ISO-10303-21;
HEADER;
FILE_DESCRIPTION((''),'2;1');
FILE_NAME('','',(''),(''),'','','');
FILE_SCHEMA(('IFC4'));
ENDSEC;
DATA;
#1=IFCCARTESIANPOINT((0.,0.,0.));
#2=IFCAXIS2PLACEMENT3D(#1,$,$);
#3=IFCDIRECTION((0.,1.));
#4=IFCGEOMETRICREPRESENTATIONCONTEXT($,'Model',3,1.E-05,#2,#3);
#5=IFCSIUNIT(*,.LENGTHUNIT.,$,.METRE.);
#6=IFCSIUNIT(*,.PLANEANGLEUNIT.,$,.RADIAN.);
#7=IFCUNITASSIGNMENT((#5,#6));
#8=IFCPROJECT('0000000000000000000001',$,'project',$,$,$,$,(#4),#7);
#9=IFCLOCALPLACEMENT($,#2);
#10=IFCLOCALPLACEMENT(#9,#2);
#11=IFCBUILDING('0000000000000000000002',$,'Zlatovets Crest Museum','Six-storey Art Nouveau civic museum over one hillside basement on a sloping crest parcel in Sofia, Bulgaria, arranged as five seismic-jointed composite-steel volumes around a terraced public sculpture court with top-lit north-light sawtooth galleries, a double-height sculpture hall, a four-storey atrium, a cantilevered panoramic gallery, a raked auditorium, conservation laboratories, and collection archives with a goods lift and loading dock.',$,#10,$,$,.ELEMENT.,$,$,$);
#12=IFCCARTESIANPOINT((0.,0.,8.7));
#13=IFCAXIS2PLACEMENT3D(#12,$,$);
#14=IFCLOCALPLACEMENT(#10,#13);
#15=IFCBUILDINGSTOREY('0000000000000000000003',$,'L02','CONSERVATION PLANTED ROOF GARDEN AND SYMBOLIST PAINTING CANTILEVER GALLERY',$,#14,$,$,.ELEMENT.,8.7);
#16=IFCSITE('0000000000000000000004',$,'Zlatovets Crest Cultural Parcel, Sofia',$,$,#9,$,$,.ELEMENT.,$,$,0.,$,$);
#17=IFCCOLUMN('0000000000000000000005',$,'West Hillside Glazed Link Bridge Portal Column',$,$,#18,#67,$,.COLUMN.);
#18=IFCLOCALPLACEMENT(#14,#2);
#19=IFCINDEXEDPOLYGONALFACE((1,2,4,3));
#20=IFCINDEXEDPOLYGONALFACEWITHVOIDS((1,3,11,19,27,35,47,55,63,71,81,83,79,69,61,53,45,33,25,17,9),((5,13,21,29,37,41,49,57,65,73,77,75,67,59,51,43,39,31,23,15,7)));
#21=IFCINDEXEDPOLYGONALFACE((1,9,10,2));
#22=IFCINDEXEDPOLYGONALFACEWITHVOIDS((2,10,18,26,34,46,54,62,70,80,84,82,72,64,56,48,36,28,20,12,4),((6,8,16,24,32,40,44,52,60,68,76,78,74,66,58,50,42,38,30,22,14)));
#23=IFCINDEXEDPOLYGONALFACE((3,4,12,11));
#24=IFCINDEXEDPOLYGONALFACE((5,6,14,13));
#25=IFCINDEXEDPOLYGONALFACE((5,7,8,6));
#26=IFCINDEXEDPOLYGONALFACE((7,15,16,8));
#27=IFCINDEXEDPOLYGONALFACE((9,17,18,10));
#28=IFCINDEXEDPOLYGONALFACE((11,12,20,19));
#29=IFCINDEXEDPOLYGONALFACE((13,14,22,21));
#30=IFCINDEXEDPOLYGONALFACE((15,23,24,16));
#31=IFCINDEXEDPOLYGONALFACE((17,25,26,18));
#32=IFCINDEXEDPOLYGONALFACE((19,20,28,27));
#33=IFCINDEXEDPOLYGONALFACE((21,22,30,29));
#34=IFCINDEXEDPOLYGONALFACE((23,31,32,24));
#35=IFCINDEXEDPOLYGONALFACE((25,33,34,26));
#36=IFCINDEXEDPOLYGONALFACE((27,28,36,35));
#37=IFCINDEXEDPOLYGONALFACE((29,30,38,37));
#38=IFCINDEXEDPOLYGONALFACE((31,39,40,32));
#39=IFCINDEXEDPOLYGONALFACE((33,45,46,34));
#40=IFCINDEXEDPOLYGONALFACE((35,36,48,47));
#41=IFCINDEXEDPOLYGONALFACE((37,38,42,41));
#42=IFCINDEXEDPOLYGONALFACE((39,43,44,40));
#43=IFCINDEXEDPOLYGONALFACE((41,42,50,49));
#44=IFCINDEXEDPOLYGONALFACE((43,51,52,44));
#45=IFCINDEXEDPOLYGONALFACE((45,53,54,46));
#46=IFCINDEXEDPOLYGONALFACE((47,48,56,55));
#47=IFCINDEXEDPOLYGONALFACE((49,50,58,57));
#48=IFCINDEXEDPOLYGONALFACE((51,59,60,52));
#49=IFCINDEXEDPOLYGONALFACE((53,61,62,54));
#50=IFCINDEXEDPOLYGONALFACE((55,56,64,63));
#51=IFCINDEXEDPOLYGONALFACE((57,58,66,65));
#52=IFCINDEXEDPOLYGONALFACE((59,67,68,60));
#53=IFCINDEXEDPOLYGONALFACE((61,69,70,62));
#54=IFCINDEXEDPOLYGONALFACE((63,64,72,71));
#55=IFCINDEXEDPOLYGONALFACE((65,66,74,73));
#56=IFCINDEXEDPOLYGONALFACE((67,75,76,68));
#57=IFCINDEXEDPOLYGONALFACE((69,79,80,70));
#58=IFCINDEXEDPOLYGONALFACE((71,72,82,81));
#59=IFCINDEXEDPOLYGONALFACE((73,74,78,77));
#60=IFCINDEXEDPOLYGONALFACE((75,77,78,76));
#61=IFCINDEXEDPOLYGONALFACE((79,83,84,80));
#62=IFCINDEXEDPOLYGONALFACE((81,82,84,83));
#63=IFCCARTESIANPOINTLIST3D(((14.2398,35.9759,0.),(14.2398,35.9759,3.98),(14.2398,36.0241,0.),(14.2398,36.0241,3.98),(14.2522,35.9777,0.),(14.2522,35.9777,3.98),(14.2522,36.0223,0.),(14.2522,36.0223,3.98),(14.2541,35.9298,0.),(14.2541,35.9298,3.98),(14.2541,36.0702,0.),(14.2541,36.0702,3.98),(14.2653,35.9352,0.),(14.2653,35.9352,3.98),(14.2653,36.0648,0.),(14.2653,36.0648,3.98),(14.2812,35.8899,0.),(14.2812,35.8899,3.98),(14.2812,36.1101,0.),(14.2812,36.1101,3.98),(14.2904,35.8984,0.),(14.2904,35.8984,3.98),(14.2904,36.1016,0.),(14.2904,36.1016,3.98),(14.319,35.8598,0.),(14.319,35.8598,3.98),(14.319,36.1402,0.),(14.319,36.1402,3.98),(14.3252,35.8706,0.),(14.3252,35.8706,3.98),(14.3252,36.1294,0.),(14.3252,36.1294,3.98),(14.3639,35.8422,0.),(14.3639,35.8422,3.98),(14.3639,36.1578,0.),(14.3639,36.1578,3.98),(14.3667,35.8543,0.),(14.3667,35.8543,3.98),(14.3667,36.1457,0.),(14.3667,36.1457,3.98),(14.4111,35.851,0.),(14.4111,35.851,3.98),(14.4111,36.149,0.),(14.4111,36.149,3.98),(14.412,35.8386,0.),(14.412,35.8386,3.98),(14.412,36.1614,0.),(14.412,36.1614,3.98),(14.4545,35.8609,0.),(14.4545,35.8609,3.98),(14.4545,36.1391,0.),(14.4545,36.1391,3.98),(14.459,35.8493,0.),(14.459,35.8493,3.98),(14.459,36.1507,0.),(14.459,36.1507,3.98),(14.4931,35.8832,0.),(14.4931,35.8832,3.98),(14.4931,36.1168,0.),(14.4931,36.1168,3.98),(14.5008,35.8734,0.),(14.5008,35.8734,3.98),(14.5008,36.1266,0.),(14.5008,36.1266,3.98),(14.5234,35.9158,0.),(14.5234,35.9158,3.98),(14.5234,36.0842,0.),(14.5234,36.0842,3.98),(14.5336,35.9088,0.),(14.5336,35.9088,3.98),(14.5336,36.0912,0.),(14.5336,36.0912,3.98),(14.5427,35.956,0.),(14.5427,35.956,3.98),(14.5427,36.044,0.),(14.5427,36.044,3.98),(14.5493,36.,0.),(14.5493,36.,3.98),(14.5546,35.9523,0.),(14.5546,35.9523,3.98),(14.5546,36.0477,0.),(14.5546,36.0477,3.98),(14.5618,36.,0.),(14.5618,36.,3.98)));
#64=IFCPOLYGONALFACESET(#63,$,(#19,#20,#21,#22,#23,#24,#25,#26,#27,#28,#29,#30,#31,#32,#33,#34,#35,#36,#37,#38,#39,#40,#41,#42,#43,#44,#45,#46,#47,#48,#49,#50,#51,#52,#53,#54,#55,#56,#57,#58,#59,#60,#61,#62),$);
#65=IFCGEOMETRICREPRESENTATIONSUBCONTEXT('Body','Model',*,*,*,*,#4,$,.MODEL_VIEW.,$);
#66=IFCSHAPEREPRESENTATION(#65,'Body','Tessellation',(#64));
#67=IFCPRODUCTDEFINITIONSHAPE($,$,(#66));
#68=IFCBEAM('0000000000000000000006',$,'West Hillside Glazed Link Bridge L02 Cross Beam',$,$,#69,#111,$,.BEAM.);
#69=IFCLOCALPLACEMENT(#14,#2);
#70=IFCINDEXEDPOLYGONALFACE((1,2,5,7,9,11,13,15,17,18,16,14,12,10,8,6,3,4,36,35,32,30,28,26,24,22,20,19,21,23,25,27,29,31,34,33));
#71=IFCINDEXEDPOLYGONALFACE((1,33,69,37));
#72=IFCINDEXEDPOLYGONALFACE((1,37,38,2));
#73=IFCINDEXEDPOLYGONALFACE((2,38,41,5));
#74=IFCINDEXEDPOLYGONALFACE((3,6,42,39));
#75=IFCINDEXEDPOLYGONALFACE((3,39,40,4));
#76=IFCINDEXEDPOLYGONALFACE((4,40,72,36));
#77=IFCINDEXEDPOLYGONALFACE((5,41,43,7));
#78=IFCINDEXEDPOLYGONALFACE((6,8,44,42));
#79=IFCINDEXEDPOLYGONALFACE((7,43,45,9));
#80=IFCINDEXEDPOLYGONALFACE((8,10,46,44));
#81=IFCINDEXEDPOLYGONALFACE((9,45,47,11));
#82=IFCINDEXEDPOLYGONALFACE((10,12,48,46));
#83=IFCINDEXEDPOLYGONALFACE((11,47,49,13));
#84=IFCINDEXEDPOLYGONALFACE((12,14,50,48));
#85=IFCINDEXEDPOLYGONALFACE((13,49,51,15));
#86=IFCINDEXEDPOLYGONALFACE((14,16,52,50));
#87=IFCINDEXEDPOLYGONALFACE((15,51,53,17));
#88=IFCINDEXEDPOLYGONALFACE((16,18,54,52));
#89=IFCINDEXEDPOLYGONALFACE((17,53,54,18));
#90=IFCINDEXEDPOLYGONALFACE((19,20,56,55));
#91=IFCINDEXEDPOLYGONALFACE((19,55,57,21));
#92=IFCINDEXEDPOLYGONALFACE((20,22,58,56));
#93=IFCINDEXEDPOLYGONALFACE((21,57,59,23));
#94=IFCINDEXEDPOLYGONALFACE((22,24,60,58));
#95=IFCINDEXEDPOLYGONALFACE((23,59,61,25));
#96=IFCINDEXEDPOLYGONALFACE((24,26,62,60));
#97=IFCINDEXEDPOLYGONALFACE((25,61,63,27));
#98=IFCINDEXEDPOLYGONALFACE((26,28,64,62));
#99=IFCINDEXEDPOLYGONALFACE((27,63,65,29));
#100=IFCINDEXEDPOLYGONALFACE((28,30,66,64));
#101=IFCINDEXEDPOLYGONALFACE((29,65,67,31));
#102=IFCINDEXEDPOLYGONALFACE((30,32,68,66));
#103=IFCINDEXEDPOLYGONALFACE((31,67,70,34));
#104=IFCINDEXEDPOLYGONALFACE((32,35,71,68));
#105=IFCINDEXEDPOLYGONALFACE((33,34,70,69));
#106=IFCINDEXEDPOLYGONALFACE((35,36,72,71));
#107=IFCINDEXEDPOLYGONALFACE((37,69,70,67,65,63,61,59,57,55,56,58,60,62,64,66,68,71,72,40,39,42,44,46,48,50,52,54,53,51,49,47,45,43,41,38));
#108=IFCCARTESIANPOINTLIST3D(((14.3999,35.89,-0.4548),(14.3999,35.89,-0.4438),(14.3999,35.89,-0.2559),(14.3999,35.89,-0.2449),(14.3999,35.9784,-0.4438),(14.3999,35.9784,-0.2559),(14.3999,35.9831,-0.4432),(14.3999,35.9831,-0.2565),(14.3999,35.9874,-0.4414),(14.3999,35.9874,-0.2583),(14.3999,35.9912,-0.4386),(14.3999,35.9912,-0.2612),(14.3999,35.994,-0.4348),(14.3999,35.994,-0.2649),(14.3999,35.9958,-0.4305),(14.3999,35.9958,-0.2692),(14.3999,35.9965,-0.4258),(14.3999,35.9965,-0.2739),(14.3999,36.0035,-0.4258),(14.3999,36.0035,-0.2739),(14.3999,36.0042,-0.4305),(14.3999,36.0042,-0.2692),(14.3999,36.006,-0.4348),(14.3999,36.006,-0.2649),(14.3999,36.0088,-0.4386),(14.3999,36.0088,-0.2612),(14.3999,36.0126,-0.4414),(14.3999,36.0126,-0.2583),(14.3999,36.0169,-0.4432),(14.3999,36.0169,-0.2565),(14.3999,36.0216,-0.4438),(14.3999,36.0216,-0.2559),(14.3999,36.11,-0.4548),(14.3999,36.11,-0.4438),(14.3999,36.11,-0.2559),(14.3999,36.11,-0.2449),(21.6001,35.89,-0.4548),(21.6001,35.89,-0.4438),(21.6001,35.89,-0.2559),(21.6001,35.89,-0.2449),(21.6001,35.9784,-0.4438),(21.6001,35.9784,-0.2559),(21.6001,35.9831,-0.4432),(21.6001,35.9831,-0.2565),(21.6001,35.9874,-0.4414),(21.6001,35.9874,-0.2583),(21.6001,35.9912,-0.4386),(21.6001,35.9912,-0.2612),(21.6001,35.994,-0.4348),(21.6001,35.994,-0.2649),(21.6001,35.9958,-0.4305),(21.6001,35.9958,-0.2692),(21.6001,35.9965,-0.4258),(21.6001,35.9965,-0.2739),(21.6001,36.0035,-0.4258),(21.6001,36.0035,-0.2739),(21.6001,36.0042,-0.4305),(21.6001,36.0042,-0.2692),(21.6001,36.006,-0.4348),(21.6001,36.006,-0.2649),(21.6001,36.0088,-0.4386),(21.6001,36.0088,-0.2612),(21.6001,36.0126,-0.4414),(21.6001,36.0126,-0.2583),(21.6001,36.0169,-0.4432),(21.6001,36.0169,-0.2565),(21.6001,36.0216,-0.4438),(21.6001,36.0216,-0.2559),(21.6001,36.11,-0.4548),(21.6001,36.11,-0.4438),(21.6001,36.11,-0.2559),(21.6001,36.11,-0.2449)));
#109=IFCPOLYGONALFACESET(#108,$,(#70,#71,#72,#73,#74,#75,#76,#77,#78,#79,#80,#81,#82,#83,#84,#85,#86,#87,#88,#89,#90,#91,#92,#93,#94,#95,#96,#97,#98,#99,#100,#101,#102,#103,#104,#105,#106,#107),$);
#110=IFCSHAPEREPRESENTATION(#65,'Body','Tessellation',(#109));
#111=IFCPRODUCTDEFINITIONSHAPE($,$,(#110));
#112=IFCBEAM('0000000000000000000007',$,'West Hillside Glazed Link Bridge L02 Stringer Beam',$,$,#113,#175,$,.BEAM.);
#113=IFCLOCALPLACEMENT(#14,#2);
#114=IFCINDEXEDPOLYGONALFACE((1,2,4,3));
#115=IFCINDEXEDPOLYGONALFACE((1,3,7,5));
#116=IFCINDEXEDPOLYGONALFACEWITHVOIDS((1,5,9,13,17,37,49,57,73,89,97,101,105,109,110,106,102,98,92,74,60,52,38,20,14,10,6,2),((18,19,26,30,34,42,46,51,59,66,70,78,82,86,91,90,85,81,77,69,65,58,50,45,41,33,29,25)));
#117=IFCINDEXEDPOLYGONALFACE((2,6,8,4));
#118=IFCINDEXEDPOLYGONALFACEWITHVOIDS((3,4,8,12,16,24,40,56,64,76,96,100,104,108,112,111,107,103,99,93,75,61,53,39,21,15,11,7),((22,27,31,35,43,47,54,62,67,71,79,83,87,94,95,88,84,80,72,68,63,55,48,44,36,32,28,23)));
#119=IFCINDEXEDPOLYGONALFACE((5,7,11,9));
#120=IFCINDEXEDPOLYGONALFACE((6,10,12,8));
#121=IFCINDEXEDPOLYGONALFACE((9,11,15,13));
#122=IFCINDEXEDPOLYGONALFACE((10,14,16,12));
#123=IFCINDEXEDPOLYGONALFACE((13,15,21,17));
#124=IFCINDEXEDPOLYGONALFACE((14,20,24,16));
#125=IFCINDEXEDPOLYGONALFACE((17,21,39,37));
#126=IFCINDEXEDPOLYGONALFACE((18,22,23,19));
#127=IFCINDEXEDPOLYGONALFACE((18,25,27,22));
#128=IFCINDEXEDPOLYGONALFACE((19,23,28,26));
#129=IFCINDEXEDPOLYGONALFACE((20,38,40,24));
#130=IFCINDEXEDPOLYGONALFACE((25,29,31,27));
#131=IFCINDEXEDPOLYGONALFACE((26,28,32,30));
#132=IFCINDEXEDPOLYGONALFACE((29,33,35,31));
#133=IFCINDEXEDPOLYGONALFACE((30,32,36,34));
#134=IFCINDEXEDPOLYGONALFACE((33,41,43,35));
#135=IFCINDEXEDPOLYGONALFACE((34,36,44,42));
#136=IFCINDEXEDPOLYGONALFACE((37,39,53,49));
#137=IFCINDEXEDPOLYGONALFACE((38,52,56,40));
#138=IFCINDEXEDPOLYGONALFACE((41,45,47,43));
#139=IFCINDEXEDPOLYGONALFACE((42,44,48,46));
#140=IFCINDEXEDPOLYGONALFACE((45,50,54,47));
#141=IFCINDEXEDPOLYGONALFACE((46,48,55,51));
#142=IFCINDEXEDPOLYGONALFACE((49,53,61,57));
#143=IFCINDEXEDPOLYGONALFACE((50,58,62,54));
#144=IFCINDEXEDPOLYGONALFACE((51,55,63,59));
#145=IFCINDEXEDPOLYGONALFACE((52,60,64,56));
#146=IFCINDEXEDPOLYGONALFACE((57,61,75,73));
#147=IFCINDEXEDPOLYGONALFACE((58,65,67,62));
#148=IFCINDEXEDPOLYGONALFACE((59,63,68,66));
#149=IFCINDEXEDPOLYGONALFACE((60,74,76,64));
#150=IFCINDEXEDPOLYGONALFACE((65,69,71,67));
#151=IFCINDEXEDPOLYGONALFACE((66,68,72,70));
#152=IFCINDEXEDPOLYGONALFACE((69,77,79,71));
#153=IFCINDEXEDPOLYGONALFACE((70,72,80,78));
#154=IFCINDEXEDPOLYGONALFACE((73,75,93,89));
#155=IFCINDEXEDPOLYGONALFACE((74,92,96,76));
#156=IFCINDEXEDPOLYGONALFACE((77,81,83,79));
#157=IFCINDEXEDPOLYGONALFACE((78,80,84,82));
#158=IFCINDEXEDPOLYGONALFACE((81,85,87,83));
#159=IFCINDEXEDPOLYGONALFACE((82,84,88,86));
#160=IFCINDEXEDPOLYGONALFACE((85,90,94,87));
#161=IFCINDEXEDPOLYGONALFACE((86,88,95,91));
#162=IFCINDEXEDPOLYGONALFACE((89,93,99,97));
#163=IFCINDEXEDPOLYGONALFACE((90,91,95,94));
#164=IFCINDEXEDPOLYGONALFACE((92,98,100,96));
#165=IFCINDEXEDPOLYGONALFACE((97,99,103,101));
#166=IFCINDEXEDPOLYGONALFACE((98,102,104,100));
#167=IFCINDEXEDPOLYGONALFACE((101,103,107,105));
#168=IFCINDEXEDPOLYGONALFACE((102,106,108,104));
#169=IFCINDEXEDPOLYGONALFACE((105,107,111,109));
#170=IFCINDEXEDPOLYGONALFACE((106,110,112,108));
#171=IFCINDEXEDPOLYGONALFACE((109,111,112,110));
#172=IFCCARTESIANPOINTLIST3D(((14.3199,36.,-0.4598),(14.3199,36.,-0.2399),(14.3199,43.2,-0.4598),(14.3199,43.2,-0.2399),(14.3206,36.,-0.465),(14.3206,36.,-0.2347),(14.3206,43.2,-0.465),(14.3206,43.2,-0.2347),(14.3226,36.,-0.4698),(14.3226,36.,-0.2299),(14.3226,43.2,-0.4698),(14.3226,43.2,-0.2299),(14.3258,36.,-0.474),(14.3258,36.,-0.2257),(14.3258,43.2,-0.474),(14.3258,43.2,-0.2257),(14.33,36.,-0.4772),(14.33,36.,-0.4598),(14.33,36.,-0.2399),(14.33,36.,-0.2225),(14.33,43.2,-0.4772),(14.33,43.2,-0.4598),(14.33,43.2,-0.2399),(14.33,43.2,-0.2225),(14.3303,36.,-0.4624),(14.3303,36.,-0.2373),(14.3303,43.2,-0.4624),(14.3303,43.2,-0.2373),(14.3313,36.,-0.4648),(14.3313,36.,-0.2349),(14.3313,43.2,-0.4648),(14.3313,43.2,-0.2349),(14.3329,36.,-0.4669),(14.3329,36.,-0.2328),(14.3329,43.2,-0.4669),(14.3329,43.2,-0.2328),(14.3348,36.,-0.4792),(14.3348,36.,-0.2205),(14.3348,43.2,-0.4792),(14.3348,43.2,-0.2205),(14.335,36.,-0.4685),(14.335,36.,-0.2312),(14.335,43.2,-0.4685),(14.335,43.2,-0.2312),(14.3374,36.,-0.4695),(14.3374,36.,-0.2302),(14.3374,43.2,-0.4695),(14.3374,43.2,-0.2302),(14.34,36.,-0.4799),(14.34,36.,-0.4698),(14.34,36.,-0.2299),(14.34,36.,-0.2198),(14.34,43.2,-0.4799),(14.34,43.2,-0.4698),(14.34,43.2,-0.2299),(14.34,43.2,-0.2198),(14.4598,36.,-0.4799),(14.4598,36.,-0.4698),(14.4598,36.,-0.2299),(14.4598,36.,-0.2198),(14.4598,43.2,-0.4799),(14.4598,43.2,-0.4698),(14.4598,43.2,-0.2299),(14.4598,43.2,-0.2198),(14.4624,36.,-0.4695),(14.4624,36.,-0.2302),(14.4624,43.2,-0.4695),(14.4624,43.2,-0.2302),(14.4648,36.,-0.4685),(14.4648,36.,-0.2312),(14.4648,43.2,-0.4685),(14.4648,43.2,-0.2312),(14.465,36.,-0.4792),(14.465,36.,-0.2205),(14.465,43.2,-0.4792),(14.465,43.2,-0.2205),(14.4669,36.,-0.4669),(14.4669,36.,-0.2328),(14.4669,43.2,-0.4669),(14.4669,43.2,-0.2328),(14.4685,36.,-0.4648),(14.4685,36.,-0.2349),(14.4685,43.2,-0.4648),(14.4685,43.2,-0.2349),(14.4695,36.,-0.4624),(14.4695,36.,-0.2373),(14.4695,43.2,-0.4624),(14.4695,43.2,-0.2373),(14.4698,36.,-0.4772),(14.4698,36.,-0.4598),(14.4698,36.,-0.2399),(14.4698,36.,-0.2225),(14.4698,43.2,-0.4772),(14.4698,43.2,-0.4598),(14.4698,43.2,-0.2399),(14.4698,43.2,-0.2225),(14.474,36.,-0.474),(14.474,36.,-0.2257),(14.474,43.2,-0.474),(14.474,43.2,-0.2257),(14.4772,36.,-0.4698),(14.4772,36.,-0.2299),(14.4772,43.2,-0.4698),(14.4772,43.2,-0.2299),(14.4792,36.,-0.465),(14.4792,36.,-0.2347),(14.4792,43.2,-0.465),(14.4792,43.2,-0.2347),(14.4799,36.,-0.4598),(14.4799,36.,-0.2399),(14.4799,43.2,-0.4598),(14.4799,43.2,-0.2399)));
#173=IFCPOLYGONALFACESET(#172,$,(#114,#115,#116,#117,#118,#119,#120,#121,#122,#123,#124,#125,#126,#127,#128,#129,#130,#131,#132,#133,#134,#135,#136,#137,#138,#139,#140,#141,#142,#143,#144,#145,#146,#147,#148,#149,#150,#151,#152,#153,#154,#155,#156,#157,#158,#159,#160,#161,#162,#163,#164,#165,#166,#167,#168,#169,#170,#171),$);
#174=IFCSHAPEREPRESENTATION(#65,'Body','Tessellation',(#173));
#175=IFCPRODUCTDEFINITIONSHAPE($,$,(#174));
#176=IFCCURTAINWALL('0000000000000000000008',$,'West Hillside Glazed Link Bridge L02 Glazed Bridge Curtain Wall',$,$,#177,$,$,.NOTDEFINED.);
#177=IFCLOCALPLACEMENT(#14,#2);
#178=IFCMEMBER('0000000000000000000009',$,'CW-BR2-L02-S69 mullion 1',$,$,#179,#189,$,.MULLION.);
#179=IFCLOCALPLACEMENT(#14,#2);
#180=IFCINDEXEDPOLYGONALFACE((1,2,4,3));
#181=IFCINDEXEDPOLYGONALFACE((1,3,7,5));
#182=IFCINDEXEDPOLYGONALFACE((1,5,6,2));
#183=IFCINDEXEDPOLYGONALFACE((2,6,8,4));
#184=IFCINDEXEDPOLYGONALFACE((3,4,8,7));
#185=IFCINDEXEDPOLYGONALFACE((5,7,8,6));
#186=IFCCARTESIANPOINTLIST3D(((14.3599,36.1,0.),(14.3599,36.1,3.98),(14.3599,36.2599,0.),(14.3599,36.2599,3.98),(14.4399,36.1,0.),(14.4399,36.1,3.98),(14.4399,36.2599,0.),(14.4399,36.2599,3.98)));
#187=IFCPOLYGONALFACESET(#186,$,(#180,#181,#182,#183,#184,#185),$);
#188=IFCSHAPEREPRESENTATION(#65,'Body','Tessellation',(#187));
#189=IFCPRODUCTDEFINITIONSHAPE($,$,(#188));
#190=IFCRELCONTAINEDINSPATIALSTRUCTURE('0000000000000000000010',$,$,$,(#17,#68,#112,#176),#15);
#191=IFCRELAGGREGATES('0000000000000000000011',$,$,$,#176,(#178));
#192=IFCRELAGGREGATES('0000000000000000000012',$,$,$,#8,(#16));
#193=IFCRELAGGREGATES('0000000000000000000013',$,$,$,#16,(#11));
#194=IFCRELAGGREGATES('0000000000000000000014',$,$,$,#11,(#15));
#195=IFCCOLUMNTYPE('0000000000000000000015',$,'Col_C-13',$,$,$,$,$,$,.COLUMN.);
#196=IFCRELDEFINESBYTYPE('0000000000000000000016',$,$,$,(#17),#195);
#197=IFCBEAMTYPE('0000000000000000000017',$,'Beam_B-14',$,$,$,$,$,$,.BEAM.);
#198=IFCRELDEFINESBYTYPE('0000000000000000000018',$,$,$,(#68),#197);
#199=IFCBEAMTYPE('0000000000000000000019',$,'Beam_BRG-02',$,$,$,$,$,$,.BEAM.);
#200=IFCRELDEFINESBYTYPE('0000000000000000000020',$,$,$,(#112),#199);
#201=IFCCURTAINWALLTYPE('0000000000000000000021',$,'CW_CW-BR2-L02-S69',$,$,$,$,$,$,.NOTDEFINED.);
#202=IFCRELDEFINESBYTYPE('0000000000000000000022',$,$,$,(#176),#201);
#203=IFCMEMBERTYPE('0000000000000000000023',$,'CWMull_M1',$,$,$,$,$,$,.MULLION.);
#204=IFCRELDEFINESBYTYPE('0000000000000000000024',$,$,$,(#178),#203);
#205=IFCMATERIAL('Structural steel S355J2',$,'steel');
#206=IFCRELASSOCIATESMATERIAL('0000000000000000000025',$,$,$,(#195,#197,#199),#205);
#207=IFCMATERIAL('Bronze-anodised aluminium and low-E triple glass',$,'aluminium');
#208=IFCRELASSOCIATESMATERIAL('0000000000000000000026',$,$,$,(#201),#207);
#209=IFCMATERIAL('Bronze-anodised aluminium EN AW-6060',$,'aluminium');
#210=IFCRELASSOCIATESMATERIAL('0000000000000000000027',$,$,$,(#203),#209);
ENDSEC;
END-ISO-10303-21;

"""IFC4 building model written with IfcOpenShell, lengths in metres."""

from ifc_helpers import new_model, si_unit, direction, frame, origin, origin_2d, place, context, subcontext, project, spatial, rectangle, hollow_rectangle, hollow_circle, i_section, extrude, material, material_profile, profile_set, type_object, element, aggregate, save


model = new_model("IFC4")

# Units and contexts
model_context = context("Model", 3, precision=1e-05, world=origin(), true_north=direction((0.0, 1.0)))
body_context = subcontext(model_context, "Body", "Model", "MODEL_VIEW")
ifc_project = project(units=[si_unit("LENGTHUNIT", "METRE"), si_unit("PLANEANGLEUNIT", "RADIAN")], contexts=[model_context])

# Site, building, storey
site_placement = place(None, origin())
site = spatial("IfcSite", under=ifc_project, at=site_placement, Name="Zlatovets Crest Cultural Parcel, Sofia", CompositionType="ELEMENT", RefElevation=0.0)
building_placement = place(site_placement, origin())
building = spatial("IfcBuilding", under=site, at=building_placement, Name="Zlatovets Crest Museum", Description="Six-storey Art Nouveau civic museum over one hillside basement on a sloping crest parcel in Sofia, Bulgaria, arranged as five seismic-jointed composite-steel volumes around a terraced public sculpture court with top-lit north-light sawtooth galleries, a double-height sculpture hall, a four-storey atrium, a cantilevered panoramic gallery, a raked auditorium, conservation laboratories, and collection archives with a goods lift and loading dock.", CompositionType="ELEMENT")
storey_placement = place(building_placement, frame((0.0, 0.0, 8.7)))
storey = spatial("IfcBuildingStorey", under=building, at=storey_placement, Name="L02", Description="CONSERVATION PLANTED ROOF GARDEN AND SYMBOLIST PAINTING CANTILEVER GALLERY", CompositionType="ELEMENT", Elevation=8.7)

# Column
ifc_material_1 = material(Name="Structural steel S355J2", Category="steel")
ifc_material_profile_1 = material_profile(ifc_material_1, hollow_circle(Radius=0.1619, WallThickness=0.0125, at=origin_2d()), Name="CHS 323.9x12.5")
ifc_profile_set_1 = profile_set([ifc_material_profile_1], Name="Structural steel S355J2")
column_type = type_object("IfcColumnType", Name="Col_C-13", PredefinedType="COLUMN", material=ifc_profile_set_1)
column_placement = place(storey_placement, frame((14.3999, 36.0, 0.0), z_axis=(0.0, 0.0, 1.0), x_axis=(1.0, 0.0, 0.0)))
element("IfcColumn", 1, at=column_placement, inside=storey, type_object=column_type, Name="West Hillside Glazed Link Bridge Portal Column", PredefinedType="COLUMN", context=body_context, shape_type="SweptSolid", body=[
    extrude(hollow_circle(Radius=0.1619, WallThickness=0.0125, at=origin_2d()), origin(), (0.0, 0.0, 1.0), 3.98),
])

# Beams
ifc_material_profile_2 = material_profile(ifc_material_1, i_section(OverallWidth=0.22, OverallDepth=0.21, WebThickness=0.0071, FlangeThickness=0.011, FilletRadius=0.0181, at=origin_2d()), Name="HEA 220")
ifc_profile_set_2 = profile_set([ifc_material_profile_2], Name="Structural steel S355J2")
beam_type_1 = type_object("IfcBeamType", Name="Beam_B-14", PredefinedType="BEAM", material=ifc_profile_set_2)
beam_1_placement = place(storey_placement, frame((14.3999, 36.0, -0.3499), z_axis=(1.0, 0.0, 0.0), x_axis=(0.0, 1.0, 0.0)))
element("IfcBeam", 2, at=beam_1_placement, inside=storey, type_object=beam_type_1, Name="West Hillside Glazed Link Bridge L02 Cross Beam", PredefinedType="BEAM", context=body_context, shape_type="SweptSolid", body=[
    extrude(i_section(OverallWidth=0.22, OverallDepth=0.21, WebThickness=0.0071, FlangeThickness=0.011, FilletRadius=0.0181, at=origin_2d()), origin(), (0.0, 0.0, 1.0), 7.2002),
])
ifc_material_profile_3 = material_profile(ifc_material_1, hollow_rectangle(XDim=0.1599, YDim=0.26, WallThickness=0.01, InnerFilletRadius=0.01, OuterFilletRadius=0.02, at=origin_2d()), Name="RHS 160x260x10.0")
ifc_profile_set_3 = profile_set([ifc_material_profile_3], Name="Structural steel S355J2")
beam_type_2 = type_object("IfcBeamType", Name="Beam_BRG-02", PredefinedType="BEAM", material=ifc_profile_set_3)
beam_2_placement = place(storey_placement, frame((14.3999, 36.0, -0.3499), z_axis=(0.0, 1.0, 0.0), x_axis=(-1.0, 0.0, 0.0)))
element("IfcBeam", 3, at=beam_2_placement, inside=storey, type_object=beam_type_2, Name="West Hillside Glazed Link Bridge L02 Stringer Beam", PredefinedType="BEAM", context=body_context, shape_type="SweptSolid", body=[
    extrude(hollow_rectangle(XDim=0.1599, YDim=0.26, WallThickness=0.01, InnerFilletRadius=0.01, OuterFilletRadius=0.02, at=origin_2d()), origin(), (0.0, 0.0, 1.0), 7.2),
])

# Curtain wall, member
ifc_material_2 = material(Name="Bronze-anodised aluminium and low-E triple glass", Category="aluminium")
curtain_wall_type = type_object("IfcCurtainWallType", Name="CW_CW-BR2-L02-S69", PredefinedType="NOTDEFINED", material=ifc_material_2)
curtain_wall_placement = place(storey_placement, origin())
curtain_wall = element("IfcCurtainWall", 4, at=curtain_wall_placement, inside=storey, type_object=curtain_wall_type, Name="West Hillside Glazed Link Bridge L02 Glazed Bridge Curtain Wall", PredefinedType="NOTDEFINED")
ifc_material_3 = material(Name="Bronze-anodised aluminium EN AW-6060", Category="aluminium")
ifc_material_profile_4 = material_profile(ifc_material_3, rectangle(XDim=0.0801, YDim=0.1599, at=origin_2d()), Name="ALU 80x160")
ifc_profile_set_4 = profile_set([ifc_material_profile_4], Name="Bronze-anodised aluminium EN AW-6060")
member_type_1 = type_object("IfcMemberType", Name="CWMull_M1", PredefinedType="MULLION", material=ifc_profile_set_4)
member_1_placement = place(storey_placement, frame((14.3999, 36.1799, 0.0), z_axis=(0.0, 0.0, 1.0), x_axis=(-1.0, 0.0, 0.0)))
member_1 = element("IfcMember", 5, at=member_1_placement, type_object=member_type_1, Name="CW-BR2-L02-S69 mullion 1", PredefinedType="MULLION", context=body_context, shape_type="SweptSolid", body=[
    extrude(rectangle(XDim=0.0801, YDim=0.1599, at=origin_2d()), origin(), (0.0, 0.0, 1.0), 3.98),
])

aggregate(curtain_wall, [member_1])

save(model, "model.ifc")
